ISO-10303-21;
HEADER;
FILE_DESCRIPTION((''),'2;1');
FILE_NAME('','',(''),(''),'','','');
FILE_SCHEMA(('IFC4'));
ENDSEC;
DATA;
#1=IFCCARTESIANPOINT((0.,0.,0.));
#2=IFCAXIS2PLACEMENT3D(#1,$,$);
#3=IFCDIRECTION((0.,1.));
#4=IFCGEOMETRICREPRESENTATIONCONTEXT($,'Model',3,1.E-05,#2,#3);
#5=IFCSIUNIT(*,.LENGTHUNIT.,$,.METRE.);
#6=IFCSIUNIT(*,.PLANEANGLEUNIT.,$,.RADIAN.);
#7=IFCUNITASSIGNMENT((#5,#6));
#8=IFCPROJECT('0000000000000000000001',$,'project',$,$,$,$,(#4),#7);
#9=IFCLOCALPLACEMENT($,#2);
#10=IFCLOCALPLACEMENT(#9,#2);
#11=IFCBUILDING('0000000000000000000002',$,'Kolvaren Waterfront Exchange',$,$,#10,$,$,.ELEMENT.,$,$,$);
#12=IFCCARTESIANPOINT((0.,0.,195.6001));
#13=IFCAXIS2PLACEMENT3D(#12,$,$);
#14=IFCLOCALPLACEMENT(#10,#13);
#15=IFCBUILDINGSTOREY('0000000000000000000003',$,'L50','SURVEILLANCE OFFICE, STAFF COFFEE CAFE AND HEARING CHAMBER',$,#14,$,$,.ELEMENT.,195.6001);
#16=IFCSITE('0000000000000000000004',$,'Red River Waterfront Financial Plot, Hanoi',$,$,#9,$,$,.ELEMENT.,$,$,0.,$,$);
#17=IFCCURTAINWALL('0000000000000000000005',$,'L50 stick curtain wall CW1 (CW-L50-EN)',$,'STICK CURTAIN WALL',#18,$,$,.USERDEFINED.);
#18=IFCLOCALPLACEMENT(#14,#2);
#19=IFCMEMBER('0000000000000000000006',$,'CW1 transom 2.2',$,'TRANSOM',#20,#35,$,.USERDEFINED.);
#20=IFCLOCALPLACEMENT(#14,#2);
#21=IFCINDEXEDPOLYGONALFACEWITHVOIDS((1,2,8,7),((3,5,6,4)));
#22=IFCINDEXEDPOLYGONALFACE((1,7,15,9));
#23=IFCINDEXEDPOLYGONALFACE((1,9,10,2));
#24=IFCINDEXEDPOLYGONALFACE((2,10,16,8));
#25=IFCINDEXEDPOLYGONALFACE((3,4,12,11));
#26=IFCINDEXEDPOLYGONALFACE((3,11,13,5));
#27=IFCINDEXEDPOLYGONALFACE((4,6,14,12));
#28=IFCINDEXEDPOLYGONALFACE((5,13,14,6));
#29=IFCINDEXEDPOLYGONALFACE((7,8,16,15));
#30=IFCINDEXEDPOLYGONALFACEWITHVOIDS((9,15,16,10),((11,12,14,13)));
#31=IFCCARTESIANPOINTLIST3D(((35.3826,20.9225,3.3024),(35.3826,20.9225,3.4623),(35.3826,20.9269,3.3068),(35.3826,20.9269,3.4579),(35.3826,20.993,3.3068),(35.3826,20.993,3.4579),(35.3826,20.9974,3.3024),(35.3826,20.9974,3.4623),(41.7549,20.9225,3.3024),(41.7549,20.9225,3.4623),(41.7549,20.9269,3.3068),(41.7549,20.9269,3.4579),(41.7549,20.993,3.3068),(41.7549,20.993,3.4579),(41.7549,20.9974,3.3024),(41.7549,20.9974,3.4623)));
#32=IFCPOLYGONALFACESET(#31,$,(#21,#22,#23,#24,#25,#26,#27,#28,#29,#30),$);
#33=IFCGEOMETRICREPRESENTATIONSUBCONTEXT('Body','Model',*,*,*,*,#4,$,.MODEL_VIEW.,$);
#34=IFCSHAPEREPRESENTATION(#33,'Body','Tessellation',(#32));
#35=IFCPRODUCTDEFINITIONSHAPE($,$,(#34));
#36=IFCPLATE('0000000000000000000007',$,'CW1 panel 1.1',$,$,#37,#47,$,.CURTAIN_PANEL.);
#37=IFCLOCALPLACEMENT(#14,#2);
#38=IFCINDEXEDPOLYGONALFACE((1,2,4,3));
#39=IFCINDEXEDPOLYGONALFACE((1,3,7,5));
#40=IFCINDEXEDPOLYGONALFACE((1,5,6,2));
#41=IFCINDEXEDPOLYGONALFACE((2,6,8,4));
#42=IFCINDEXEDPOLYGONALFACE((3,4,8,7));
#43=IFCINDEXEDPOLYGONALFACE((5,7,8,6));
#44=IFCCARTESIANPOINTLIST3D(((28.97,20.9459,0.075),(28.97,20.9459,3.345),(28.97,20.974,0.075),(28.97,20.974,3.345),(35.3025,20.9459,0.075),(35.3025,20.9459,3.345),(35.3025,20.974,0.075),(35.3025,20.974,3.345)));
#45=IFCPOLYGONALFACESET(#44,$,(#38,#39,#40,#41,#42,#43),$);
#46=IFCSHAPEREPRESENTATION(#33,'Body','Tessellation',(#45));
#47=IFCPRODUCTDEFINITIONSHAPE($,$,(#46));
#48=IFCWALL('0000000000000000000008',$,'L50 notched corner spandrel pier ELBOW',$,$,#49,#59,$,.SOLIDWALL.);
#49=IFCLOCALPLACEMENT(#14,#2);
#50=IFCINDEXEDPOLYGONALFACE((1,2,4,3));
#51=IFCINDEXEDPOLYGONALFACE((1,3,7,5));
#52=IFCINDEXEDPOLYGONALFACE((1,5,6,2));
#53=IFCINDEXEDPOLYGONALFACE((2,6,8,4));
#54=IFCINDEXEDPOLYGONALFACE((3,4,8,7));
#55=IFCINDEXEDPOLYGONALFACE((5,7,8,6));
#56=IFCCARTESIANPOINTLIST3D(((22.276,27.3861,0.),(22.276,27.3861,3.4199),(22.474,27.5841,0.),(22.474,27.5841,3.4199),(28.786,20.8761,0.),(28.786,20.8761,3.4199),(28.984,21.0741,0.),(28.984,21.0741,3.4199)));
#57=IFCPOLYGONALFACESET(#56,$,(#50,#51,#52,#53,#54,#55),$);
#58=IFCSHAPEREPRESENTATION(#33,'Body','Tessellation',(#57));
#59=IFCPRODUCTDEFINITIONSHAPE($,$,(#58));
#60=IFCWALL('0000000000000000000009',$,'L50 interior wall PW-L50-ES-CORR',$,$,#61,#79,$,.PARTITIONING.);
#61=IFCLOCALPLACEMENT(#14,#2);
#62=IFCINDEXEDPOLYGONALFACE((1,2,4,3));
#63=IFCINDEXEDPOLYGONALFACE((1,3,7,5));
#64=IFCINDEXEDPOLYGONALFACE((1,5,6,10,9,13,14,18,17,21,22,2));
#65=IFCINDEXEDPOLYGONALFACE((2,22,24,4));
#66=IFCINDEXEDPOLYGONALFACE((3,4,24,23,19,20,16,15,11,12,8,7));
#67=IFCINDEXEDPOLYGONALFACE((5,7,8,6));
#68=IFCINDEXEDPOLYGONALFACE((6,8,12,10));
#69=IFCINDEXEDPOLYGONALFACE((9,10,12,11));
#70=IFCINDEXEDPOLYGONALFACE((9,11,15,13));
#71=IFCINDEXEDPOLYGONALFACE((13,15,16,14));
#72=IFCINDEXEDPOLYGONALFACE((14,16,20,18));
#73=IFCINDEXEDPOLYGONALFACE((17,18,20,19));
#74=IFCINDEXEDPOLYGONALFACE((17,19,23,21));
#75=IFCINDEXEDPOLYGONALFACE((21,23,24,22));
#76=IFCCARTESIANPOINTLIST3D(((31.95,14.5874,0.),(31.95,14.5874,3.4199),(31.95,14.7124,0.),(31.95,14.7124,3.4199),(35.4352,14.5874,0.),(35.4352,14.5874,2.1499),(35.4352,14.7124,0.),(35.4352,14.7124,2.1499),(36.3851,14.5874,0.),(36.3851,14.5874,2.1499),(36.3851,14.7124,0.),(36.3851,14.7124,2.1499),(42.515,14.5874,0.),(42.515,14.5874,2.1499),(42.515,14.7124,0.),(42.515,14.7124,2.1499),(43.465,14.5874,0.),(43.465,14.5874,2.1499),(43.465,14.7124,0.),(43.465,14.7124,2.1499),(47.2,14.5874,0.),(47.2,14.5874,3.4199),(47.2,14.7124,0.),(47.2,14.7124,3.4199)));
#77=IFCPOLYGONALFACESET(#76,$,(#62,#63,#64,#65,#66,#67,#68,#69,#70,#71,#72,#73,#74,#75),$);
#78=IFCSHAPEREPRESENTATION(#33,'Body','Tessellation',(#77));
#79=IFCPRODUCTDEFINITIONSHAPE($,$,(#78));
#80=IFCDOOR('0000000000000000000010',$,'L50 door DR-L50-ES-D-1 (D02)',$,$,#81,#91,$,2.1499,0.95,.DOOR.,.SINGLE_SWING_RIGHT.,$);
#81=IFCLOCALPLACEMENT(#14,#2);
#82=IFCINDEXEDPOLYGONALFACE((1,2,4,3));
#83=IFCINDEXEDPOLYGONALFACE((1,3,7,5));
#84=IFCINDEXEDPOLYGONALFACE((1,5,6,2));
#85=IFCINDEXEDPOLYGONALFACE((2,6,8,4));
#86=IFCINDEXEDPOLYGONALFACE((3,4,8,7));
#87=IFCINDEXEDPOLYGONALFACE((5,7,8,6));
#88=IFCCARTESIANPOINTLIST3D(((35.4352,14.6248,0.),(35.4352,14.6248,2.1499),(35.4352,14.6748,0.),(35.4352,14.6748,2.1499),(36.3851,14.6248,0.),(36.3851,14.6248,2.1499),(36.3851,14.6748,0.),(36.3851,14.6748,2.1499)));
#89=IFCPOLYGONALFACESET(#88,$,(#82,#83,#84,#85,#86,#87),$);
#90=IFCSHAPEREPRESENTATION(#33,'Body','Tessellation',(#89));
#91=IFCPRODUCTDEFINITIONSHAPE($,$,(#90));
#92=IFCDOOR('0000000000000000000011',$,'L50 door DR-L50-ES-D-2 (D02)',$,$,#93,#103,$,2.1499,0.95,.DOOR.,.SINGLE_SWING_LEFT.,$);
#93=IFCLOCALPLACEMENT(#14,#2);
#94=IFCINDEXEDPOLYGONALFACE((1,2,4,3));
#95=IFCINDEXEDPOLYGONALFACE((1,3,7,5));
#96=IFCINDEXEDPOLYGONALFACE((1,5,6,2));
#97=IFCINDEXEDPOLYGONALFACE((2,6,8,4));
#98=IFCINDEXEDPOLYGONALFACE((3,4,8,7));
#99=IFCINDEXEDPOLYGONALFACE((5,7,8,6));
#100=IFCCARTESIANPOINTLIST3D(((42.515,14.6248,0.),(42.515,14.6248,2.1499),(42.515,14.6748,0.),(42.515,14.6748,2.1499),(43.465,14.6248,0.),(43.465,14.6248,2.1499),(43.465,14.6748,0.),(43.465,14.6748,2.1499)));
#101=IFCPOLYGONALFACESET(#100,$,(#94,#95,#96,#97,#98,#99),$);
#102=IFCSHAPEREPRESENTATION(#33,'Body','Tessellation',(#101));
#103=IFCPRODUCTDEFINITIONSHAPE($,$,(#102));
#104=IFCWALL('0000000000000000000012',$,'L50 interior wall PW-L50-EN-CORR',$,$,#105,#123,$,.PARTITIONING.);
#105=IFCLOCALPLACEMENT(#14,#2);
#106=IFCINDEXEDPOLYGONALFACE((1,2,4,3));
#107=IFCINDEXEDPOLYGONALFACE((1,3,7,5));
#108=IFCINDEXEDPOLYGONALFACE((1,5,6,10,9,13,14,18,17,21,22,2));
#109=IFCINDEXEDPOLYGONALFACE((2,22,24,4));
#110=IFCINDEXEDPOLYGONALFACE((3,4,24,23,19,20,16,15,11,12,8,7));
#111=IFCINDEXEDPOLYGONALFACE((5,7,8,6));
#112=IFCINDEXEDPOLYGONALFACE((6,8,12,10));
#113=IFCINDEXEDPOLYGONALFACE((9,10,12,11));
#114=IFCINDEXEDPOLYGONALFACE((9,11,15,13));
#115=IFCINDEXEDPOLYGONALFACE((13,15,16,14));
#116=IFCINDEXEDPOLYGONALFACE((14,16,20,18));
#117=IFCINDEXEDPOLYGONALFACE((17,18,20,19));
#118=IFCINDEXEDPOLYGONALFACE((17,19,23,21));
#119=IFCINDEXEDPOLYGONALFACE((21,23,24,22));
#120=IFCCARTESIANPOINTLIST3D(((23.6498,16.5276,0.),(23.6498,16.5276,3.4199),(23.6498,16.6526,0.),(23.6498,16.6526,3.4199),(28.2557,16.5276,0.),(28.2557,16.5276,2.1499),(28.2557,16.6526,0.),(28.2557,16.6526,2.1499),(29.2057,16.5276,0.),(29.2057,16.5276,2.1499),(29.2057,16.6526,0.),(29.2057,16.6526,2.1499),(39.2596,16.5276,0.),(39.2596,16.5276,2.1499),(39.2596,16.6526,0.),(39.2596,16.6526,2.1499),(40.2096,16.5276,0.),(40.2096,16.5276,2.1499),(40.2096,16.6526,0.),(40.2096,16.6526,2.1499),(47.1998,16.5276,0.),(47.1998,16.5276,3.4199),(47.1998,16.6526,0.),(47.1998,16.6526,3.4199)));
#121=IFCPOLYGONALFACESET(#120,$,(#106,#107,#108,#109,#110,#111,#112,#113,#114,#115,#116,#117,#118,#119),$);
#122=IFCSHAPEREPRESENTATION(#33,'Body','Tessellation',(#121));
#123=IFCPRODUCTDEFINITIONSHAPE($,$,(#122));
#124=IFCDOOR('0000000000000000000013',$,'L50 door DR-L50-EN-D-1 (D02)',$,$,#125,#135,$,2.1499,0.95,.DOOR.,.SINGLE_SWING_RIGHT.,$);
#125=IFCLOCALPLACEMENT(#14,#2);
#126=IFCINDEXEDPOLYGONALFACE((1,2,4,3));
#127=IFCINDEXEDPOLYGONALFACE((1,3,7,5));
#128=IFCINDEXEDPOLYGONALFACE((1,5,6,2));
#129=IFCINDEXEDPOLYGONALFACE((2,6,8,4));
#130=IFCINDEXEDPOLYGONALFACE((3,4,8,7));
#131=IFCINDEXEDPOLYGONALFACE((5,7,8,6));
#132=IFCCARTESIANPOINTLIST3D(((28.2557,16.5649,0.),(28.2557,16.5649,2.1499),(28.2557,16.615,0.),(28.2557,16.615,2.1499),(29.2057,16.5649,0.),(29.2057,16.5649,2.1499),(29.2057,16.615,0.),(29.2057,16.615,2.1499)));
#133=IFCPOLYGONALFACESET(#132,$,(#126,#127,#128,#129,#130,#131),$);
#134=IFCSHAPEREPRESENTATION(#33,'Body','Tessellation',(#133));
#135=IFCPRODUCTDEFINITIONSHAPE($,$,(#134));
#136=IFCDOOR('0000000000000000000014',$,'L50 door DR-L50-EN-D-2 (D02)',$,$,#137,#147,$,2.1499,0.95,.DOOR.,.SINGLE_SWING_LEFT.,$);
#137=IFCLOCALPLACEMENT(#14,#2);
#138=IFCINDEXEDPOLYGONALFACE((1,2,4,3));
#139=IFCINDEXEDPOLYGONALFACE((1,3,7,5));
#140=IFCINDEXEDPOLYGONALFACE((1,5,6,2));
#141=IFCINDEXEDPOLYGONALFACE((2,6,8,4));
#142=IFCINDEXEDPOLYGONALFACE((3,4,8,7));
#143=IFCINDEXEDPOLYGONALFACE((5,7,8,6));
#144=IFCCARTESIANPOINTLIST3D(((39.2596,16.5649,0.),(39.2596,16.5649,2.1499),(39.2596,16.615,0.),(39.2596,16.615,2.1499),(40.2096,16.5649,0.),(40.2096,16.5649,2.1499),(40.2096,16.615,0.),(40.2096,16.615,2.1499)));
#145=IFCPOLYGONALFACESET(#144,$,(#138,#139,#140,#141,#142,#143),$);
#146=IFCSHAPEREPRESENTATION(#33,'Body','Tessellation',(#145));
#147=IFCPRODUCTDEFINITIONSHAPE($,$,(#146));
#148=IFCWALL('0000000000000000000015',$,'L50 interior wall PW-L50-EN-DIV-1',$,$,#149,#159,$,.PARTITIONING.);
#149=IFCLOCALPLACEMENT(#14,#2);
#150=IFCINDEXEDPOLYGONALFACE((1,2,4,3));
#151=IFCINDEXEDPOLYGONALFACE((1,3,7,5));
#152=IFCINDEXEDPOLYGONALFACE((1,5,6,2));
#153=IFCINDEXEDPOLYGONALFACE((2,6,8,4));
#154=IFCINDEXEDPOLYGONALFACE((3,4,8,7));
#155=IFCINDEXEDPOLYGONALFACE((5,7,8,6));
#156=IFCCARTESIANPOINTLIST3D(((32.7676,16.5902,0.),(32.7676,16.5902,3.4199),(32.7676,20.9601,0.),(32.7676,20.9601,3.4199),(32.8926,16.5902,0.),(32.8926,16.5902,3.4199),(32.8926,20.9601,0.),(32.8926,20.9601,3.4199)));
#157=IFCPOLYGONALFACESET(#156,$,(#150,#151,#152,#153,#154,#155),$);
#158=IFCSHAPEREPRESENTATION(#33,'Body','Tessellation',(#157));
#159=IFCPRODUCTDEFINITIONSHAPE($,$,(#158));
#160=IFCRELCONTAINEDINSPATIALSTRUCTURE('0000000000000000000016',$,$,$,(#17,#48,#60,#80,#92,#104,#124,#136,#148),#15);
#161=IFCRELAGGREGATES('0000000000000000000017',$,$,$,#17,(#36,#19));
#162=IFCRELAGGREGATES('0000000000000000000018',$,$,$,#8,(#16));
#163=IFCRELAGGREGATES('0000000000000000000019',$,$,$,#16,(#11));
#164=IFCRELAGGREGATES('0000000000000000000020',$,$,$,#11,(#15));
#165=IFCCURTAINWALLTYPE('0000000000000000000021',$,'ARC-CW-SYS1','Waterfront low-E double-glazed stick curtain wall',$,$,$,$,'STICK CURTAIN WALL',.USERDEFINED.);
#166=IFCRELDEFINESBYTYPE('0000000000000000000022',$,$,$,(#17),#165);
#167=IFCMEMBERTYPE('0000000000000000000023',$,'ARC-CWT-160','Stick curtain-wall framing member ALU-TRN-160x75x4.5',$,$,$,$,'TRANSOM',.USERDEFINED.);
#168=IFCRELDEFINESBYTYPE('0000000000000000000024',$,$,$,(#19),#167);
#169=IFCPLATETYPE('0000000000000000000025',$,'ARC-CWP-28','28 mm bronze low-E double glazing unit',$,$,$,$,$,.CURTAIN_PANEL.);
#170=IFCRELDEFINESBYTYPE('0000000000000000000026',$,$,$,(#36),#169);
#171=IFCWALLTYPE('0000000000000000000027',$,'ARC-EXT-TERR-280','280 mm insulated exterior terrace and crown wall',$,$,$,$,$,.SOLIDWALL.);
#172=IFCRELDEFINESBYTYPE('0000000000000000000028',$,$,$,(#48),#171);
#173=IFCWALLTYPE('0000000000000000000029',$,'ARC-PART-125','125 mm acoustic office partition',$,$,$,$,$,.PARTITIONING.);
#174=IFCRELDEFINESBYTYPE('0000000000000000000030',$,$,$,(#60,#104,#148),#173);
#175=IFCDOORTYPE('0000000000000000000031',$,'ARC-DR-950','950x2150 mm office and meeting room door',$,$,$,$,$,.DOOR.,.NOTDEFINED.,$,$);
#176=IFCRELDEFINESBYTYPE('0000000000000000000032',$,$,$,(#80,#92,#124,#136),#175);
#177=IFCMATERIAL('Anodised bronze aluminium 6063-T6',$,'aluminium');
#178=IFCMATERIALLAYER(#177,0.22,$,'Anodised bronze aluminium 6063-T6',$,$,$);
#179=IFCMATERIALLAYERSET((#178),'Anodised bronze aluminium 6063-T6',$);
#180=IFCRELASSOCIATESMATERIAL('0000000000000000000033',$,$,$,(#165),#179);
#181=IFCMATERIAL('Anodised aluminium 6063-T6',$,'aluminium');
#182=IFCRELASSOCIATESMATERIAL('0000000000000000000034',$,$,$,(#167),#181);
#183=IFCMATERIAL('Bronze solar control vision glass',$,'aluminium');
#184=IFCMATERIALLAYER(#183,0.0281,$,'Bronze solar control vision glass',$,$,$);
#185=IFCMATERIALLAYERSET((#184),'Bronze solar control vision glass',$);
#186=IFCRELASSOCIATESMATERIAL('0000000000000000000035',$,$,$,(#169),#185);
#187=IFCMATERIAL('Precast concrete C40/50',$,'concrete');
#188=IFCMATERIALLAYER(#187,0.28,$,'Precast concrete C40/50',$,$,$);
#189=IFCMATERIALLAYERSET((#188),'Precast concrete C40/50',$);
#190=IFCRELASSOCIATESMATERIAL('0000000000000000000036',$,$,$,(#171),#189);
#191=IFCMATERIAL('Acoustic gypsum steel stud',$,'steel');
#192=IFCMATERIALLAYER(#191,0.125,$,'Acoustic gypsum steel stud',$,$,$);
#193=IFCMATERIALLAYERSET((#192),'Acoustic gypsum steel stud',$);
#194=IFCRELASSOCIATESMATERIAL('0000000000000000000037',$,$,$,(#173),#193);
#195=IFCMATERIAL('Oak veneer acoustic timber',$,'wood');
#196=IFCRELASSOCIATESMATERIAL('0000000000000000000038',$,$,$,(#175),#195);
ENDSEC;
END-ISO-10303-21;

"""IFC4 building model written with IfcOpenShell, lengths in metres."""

from ifc_helpers import new_model, si_unit, direction, frame, frame_2d, origin, origin_with_axes, origin_2d, place, context, subcontext, project, spatial, rectangle, hollow_rectangle, extrude, source, transform, mapped, material, layer, layer_set, material_profile, profile_set, type_object, element, fill, aggregate, save


model = new_model("IFC4")

# Units and contexts
model_context = context("Model", 3, precision=1e-05, world=origin(), true_north=direction((0.0, 1.0)))
body_context = subcontext(model_context, "Body", "Model", "MODEL_VIEW")
ifc_project = project(units=[si_unit("LENGTHUNIT", "METRE"), si_unit("PLANEANGLEUNIT", "RADIAN")], contexts=[model_context])

# Site, building, storey
site_placement = place(None, origin())
site = spatial("IfcSite", under=ifc_project, at=site_placement, Name="Red River Waterfront Financial Plot, Hanoi", CompositionType="ELEMENT", RefElevation=0.0)
building_placement = place(site_placement, origin())
building = spatial("IfcBuilding", under=site, at=building_placement, Name="Kolvaren Waterfront Exchange", CompositionType="ELEMENT")
storey_placement = place(building_placement, frame((0.0, 0.0, 195.6001)))
storey = spatial("IfcBuildingStorey", under=building, at=storey_placement, Name="L50", Description="SURVEILLANCE OFFICE, STAFF COFFEE CAFE AND HEARING CHAMBER", CompositionType="ELEMENT", Elevation=195.6001)

# Curtain wall, member, plate
ifc_material_1 = material(Name="Anodised bronze aluminium 6063-T6", Category="aluminium")
ifc_layer_1 = layer(ifc_material_1, 0.22, Name="Anodised bronze aluminium 6063-T6")
ifc_layer_set_1 = layer_set([ifc_layer_1], Name="Anodised bronze aluminium 6063-T6")
curtain_wall_type = type_object("IfcCurtainWallType", Name="ARC-CW-SYS1", Description="Waterfront low-E double-glazed stick curtain wall", ElementType="STICK CURTAIN WALL", PredefinedType="USERDEFINED", material=ifc_layer_set_1)
curtain_wall_placement = place(storey_placement, origin())
curtain_wall = element("IfcCurtainWall", 1, at=curtain_wall_placement, inside=storey, type_object=curtain_wall_type, Name="L50 stick curtain wall CW1 (CW-L50-EN)", ObjectType="STICK CURTAIN WALL", PredefinedType="USERDEFINED")
ifc_material_2 = material(Name="Anodised aluminium 6063-T6", Category="aluminium")
ifc_material_profile_1 = material_profile(ifc_material_2, hollow_rectangle(XDim=0.075, YDim=0.1599, WallThickness=0.0044, at=origin_2d()), Name="ALU-TRN-160x75x4.5")
ifc_profile_set_1 = profile_set([ifc_material_profile_1], Name="Anodised aluminium 6063-T6")
member_type_1 = type_object("IfcMemberType", Name="ARC-CWT-160", Description="Stick curtain-wall framing member ALU-TRN-160x75x4.5", ElementType="TRANSOM", PredefinedType="USERDEFINED", material=ifc_profile_set_1)
shared_shape_1 = source(origin_with_axes(), body_context, "Body", "SweptSolid", [
    extrude(hollow_rectangle(XDim=0.075, YDim=0.1599, WallThickness=0.0044, at=origin_2d()), origin(), (0.0, 0.0, 1.0), 6.3723),
])
member_1_placement = place(storey_placement, frame((35.3826, 20.96, 3.3823), z_axis=(1.0, 0.0, 0.0), x_axis=(0.0, 1.0, 0.0)))
member_1 = element("IfcMember", 2, at=member_1_placement, type_object=member_type_1, Name="CW1 transom 2.2", ObjectType="TRANSOM", PredefinedType="USERDEFINED", context=body_context, shape_type="MappedRepresentation", body=[
    mapped(shared_shape_1, transform((0.0, 0.0, 0.0), x_axis=(1.0, 0.0, 0.0), y_axis=(0.0, 1.0, 0.0), z_axis=(0.0, 0.0, 1.0), scale=1.0)),
])
ifc_material_3 = material(Name="Bronze solar control vision glass", Category="aluminium")
ifc_layer_2 = layer(ifc_material_3, 0.0281, Name="Bronze solar control vision glass")
ifc_layer_set_2 = layer_set([ifc_layer_2], Name="Bronze solar control vision glass")
plate_type = type_object("IfcPlateType", Name="ARC-CWP-28", Description="28 mm bronze low-E double glazing unit", PredefinedType="CURTAIN_PANEL", material=ifc_layer_set_2)
shared_shape_2 = source(origin_with_axes(), body_context, "Body", "SweptSolid", [
    extrude(rectangle(XDim=6.3325, YDim=0.0281, at=origin_2d()), origin(), (0.0, 0.0, 1.0), 3.27),
])
plate_placement = place(storey_placement, frame((32.1362, 20.96, 0.075), z_axis=(0.0, 0.0, 1.0), x_axis=(1.0, 0.0, 0.0)))
plate = element("IfcPlate", 3, at=plate_placement, type_object=plate_type, Name="CW1 panel 1.1", PredefinedType="CURTAIN_PANEL", context=body_context, shape_type="MappedRepresentation", body=[
    mapped(shared_shape_2, transform((0.0, 0.0, 0.0), x_axis=(1.0, 0.0, 0.0), y_axis=(0.0, 1.0, 0.0), z_axis=(0.0, 0.0, 1.0), scale=1.0)),
])
aggregate(curtain_wall, [plate, member_1])

# Wall
ifc_material_4 = material(Name="Precast concrete C40/50", Category="concrete")
ifc_layer_3 = layer(ifc_material_4, 0.28, Name="Precast concrete C40/50")
ifc_layer_set_3 = layer_set([ifc_layer_3], Name="Precast concrete C40/50")
wall_type_1 = type_object("IfcWallType", Name="ARC-EXT-TERR-280", Description="280 mm insulated exterior terrace and crown wall", PredefinedType="SOLIDWALL", material=ifc_layer_set_3)
wall_1_placement = place(storey_placement, frame((28.885, 20.9751, 0.0), z_axis=(0.0, 0.0, 1.0), x_axis=(-0.707107, 0.707107, 0.0)))
element("IfcWall", 4, at=wall_1_placement, inside=storey, type_object=wall_type_1, Name="L50 notched corner spandrel pier ELBOW", PredefinedType="SOLIDWALL", context=body_context, shape_type="SweptSolid", body=[
    extrude(rectangle(XDim=9.2065, YDim=0.28, at=frame_2d((4.6033, 0.0))), origin(), (0.0, 0.0, 1.0), 3.4199),
])

# Walls, openings, doors
ifc_material_5 = material(Name="Acoustic gypsum steel stud", Category="steel")
ifc_layer_4 = layer(ifc_material_5, 0.125, Name="Acoustic gypsum steel stud")
ifc_layer_set_4 = layer_set([ifc_layer_4], Name="Acoustic gypsum steel stud")
wall_type_2 = type_object("IfcWallType", Name="ARC-PART-125", Description="125 mm acoustic office partition", PredefinedType="PARTITIONING", material=ifc_layer_set_4)
wall_2_placement = place(storey_placement, frame((31.95, 14.6499, 0.0), z_axis=(0.0, 0.0, 1.0), x_axis=(1.0, 0.0, 0.0)))
wall_2 = element("IfcWall", 5, at=wall_2_placement, inside=storey, type_object=wall_type_2, Name="L50 interior wall PW-L50-ES-CORR", PredefinedType="PARTITIONING", context=body_context, shape_type="SweptSolid", body=[
    extrude(rectangle(XDim=15.25, YDim=0.125, at=frame_2d((7.625, 0.0))), origin(), (0.0, 0.0, 1.0), 3.4199),
])
opening_1_placement = place(wall_2_placement, frame((3.4851, 0.0, 0.0)))
opening_1 = element("IfcOpeningElement", 6, at=opening_1_placement, cuts=wall_2, PredefinedType="OPENING", context=body_context, shape_type="SweptSolid", body=[
    extrude(rectangle(XDim=0.95, YDim=2.1499, at=frame_2d((0.4751, 1.075))), frame((0.0, 0.0725, 0.0), z_axis=(0.0, -1.0, 0.0), x_axis=(1.0, 0.0, 0.0)), (0.0, 0.0, 1.0), 0.145),
])
opening_2_placement = place(wall_2_placement, frame((10.5649, 0.0, 0.0)))
opening_2 = element("IfcOpeningElement", 7, at=opening_2_placement, cuts=wall_2, PredefinedType="OPENING", context=body_context, shape_type="SweptSolid", body=[
    extrude(rectangle(XDim=0.95, YDim=2.1499, at=frame_2d((0.4751, 1.075))), frame((0.0, 0.0725, 0.0), z_axis=(0.0, -1.0, 0.0), x_axis=(1.0, 0.0, 0.0)), (0.0, 0.0, 1.0), 0.145),
])
ifc_material_6 = material(Name="Oak veneer acoustic timber", Category="wood")
door_type_1 = type_object("IfcDoorType", Name="ARC-DR-950", Description="950x2150 mm office and meeting room door", OperationType="NOTDEFINED", PredefinedType="DOOR", material=ifc_material_6)
door_1_placement = place(opening_1_placement, origin())
door_1 = element("IfcDoor", 8, at=door_1_placement, inside=storey, type_object=door_type_1, Name="L50 door DR-L50-ES-D-1 (D02)", OperationType="SINGLE_SWING_RIGHT", OverallHeight=2.1499, OverallWidth=0.95, PredefinedType="DOOR", context=body_context, shape_type="SweptSolid", body=[
    extrude(rectangle(XDim=0.95, YDim=2.1499, at=frame_2d((0.4751, 1.075))), frame((0.0, 0.0249, 0.0), z_axis=(0.0, -1.0, 0.0), x_axis=(1.0, 0.0, 0.0)), (0.0, 0.0, 1.0), 0.05),
])
fill(opening_1, door_1)
door_2_placement = place(opening_2_placement, origin())
door_2 = element("IfcDoor", 9, at=door_2_placement, inside=storey, type_object=door_type_1, Name="L50 door DR-L50-ES-D-2 (D02)", OperationType="SINGLE_SWING_LEFT", OverallHeight=2.1499, OverallWidth=0.95, PredefinedType="DOOR", context=body_context, shape_type="SweptSolid", body=[
    extrude(rectangle(XDim=0.95, YDim=2.1499, at=frame_2d((0.4751, 1.075))), frame((0.0, 0.0249, 0.0), z_axis=(0.0, -1.0, 0.0), x_axis=(1.0, 0.0, 0.0)), (0.0, 0.0, 1.0), 0.05),
])
fill(opening_2, door_2)
wall_3_placement = place(storey_placement, frame((23.6499, 16.5901, 0.0), z_axis=(0.0, 0.0, 1.0), x_axis=(1.0, 0.0, 0.0)))
wall_3 = element("IfcWall", 10, at=wall_3_placement, inside=storey, type_object=wall_type_2, Name="L50 interior wall PW-L50-EN-CORR", PredefinedType="PARTITIONING", context=body_context, shape_type="SweptSolid", body=[
    extrude(rectangle(XDim=23.55, YDim=0.125, at=frame_2d((11.7749, 0.0))), origin(), (0.0, 0.0, 1.0), 3.4199),
])
opening_3_placement = place(wall_3_placement, frame((4.6057, 0.0, 0.0)))
opening_3 = element("IfcOpeningElement", 11, at=opening_3_placement, cuts=wall_3, PredefinedType="OPENING", context=body_context, shape_type="SweptSolid", body=[
    extrude(rectangle(XDim=0.95, YDim=2.1499, at=frame_2d((0.4751, 1.075))), frame((0.0, 0.0725, 0.0), z_axis=(0.0, -1.0, 0.0), x_axis=(1.0, 0.0, 0.0)), (0.0, 0.0, 1.0), 0.145),
])
opening_4_placement = place(wall_3_placement, frame((15.6096, 0.0, 0.0)))
opening_4 = element("IfcOpeningElement", 12, at=opening_4_placement, cuts=wall_3, PredefinedType="OPENING", context=body_context, shape_type="SweptSolid", body=[
    extrude(rectangle(XDim=0.95, YDim=2.1499, at=frame_2d((0.4751, 1.075))), frame((0.0, 0.0725, 0.0), z_axis=(0.0, -1.0, 0.0), x_axis=(1.0, 0.0, 0.0)), (0.0, 0.0, 1.0), 0.145),
])
door_3_placement = place(opening_3_placement, origin())
door_3 = element("IfcDoor", 13, at=door_3_placement, inside=storey, type_object=door_type_1, Name="L50 door DR-L50-EN-D-1 (D02)", OperationType="SINGLE_SWING_RIGHT", OverallHeight=2.1499, OverallWidth=0.95, PredefinedType="DOOR", context=body_context, shape_type="SweptSolid", body=[
    extrude(rectangle(XDim=0.95, YDim=2.1499, at=frame_2d((0.4751, 1.075))), frame((0.0, 0.0249, 0.0), z_axis=(0.0, -1.0, 0.0), x_axis=(1.0, 0.0, 0.0)), (0.0, 0.0, 1.0), 0.05),
])
fill(opening_3, door_3)
door_4_placement = place(opening_4_placement, origin())
door_4 = element("IfcDoor", 14, at=door_4_placement, inside=storey, type_object=door_type_1, Name="L50 door DR-L50-EN-D-2 (D02)", OperationType="SINGLE_SWING_LEFT", OverallHeight=2.1499, OverallWidth=0.95, PredefinedType="DOOR", context=body_context, shape_type="SweptSolid", body=[
    extrude(rectangle(XDim=0.95, YDim=2.1499, at=frame_2d((0.4751, 1.075))), frame((0.0, 0.0249, 0.0), z_axis=(0.0, -1.0, 0.0), x_axis=(1.0, 0.0, 0.0)), (0.0, 0.0, 1.0), 0.05),
])
fill(opening_4, door_4)

# Wall
wall_4_placement = place(storey_placement, frame((32.8301, 16.5901, 0.0), z_axis=(0.0, 0.0, 1.0), x_axis=(0.0, 1.0, 0.0)))
element("IfcWall", 15, at=wall_4_placement, inside=storey, type_object=wall_type_2, Name="L50 interior wall PW-L50-EN-DIV-1", PredefinedType="PARTITIONING", context=body_context, shape_type="SweptSolid", body=[
    extrude(rectangle(XDim=4.3699, YDim=0.125, at=frame_2d((2.1851, 0.0))), origin(), (0.0, 0.0, 1.0), 3.4199),
])

save(model, "model.ifc")
